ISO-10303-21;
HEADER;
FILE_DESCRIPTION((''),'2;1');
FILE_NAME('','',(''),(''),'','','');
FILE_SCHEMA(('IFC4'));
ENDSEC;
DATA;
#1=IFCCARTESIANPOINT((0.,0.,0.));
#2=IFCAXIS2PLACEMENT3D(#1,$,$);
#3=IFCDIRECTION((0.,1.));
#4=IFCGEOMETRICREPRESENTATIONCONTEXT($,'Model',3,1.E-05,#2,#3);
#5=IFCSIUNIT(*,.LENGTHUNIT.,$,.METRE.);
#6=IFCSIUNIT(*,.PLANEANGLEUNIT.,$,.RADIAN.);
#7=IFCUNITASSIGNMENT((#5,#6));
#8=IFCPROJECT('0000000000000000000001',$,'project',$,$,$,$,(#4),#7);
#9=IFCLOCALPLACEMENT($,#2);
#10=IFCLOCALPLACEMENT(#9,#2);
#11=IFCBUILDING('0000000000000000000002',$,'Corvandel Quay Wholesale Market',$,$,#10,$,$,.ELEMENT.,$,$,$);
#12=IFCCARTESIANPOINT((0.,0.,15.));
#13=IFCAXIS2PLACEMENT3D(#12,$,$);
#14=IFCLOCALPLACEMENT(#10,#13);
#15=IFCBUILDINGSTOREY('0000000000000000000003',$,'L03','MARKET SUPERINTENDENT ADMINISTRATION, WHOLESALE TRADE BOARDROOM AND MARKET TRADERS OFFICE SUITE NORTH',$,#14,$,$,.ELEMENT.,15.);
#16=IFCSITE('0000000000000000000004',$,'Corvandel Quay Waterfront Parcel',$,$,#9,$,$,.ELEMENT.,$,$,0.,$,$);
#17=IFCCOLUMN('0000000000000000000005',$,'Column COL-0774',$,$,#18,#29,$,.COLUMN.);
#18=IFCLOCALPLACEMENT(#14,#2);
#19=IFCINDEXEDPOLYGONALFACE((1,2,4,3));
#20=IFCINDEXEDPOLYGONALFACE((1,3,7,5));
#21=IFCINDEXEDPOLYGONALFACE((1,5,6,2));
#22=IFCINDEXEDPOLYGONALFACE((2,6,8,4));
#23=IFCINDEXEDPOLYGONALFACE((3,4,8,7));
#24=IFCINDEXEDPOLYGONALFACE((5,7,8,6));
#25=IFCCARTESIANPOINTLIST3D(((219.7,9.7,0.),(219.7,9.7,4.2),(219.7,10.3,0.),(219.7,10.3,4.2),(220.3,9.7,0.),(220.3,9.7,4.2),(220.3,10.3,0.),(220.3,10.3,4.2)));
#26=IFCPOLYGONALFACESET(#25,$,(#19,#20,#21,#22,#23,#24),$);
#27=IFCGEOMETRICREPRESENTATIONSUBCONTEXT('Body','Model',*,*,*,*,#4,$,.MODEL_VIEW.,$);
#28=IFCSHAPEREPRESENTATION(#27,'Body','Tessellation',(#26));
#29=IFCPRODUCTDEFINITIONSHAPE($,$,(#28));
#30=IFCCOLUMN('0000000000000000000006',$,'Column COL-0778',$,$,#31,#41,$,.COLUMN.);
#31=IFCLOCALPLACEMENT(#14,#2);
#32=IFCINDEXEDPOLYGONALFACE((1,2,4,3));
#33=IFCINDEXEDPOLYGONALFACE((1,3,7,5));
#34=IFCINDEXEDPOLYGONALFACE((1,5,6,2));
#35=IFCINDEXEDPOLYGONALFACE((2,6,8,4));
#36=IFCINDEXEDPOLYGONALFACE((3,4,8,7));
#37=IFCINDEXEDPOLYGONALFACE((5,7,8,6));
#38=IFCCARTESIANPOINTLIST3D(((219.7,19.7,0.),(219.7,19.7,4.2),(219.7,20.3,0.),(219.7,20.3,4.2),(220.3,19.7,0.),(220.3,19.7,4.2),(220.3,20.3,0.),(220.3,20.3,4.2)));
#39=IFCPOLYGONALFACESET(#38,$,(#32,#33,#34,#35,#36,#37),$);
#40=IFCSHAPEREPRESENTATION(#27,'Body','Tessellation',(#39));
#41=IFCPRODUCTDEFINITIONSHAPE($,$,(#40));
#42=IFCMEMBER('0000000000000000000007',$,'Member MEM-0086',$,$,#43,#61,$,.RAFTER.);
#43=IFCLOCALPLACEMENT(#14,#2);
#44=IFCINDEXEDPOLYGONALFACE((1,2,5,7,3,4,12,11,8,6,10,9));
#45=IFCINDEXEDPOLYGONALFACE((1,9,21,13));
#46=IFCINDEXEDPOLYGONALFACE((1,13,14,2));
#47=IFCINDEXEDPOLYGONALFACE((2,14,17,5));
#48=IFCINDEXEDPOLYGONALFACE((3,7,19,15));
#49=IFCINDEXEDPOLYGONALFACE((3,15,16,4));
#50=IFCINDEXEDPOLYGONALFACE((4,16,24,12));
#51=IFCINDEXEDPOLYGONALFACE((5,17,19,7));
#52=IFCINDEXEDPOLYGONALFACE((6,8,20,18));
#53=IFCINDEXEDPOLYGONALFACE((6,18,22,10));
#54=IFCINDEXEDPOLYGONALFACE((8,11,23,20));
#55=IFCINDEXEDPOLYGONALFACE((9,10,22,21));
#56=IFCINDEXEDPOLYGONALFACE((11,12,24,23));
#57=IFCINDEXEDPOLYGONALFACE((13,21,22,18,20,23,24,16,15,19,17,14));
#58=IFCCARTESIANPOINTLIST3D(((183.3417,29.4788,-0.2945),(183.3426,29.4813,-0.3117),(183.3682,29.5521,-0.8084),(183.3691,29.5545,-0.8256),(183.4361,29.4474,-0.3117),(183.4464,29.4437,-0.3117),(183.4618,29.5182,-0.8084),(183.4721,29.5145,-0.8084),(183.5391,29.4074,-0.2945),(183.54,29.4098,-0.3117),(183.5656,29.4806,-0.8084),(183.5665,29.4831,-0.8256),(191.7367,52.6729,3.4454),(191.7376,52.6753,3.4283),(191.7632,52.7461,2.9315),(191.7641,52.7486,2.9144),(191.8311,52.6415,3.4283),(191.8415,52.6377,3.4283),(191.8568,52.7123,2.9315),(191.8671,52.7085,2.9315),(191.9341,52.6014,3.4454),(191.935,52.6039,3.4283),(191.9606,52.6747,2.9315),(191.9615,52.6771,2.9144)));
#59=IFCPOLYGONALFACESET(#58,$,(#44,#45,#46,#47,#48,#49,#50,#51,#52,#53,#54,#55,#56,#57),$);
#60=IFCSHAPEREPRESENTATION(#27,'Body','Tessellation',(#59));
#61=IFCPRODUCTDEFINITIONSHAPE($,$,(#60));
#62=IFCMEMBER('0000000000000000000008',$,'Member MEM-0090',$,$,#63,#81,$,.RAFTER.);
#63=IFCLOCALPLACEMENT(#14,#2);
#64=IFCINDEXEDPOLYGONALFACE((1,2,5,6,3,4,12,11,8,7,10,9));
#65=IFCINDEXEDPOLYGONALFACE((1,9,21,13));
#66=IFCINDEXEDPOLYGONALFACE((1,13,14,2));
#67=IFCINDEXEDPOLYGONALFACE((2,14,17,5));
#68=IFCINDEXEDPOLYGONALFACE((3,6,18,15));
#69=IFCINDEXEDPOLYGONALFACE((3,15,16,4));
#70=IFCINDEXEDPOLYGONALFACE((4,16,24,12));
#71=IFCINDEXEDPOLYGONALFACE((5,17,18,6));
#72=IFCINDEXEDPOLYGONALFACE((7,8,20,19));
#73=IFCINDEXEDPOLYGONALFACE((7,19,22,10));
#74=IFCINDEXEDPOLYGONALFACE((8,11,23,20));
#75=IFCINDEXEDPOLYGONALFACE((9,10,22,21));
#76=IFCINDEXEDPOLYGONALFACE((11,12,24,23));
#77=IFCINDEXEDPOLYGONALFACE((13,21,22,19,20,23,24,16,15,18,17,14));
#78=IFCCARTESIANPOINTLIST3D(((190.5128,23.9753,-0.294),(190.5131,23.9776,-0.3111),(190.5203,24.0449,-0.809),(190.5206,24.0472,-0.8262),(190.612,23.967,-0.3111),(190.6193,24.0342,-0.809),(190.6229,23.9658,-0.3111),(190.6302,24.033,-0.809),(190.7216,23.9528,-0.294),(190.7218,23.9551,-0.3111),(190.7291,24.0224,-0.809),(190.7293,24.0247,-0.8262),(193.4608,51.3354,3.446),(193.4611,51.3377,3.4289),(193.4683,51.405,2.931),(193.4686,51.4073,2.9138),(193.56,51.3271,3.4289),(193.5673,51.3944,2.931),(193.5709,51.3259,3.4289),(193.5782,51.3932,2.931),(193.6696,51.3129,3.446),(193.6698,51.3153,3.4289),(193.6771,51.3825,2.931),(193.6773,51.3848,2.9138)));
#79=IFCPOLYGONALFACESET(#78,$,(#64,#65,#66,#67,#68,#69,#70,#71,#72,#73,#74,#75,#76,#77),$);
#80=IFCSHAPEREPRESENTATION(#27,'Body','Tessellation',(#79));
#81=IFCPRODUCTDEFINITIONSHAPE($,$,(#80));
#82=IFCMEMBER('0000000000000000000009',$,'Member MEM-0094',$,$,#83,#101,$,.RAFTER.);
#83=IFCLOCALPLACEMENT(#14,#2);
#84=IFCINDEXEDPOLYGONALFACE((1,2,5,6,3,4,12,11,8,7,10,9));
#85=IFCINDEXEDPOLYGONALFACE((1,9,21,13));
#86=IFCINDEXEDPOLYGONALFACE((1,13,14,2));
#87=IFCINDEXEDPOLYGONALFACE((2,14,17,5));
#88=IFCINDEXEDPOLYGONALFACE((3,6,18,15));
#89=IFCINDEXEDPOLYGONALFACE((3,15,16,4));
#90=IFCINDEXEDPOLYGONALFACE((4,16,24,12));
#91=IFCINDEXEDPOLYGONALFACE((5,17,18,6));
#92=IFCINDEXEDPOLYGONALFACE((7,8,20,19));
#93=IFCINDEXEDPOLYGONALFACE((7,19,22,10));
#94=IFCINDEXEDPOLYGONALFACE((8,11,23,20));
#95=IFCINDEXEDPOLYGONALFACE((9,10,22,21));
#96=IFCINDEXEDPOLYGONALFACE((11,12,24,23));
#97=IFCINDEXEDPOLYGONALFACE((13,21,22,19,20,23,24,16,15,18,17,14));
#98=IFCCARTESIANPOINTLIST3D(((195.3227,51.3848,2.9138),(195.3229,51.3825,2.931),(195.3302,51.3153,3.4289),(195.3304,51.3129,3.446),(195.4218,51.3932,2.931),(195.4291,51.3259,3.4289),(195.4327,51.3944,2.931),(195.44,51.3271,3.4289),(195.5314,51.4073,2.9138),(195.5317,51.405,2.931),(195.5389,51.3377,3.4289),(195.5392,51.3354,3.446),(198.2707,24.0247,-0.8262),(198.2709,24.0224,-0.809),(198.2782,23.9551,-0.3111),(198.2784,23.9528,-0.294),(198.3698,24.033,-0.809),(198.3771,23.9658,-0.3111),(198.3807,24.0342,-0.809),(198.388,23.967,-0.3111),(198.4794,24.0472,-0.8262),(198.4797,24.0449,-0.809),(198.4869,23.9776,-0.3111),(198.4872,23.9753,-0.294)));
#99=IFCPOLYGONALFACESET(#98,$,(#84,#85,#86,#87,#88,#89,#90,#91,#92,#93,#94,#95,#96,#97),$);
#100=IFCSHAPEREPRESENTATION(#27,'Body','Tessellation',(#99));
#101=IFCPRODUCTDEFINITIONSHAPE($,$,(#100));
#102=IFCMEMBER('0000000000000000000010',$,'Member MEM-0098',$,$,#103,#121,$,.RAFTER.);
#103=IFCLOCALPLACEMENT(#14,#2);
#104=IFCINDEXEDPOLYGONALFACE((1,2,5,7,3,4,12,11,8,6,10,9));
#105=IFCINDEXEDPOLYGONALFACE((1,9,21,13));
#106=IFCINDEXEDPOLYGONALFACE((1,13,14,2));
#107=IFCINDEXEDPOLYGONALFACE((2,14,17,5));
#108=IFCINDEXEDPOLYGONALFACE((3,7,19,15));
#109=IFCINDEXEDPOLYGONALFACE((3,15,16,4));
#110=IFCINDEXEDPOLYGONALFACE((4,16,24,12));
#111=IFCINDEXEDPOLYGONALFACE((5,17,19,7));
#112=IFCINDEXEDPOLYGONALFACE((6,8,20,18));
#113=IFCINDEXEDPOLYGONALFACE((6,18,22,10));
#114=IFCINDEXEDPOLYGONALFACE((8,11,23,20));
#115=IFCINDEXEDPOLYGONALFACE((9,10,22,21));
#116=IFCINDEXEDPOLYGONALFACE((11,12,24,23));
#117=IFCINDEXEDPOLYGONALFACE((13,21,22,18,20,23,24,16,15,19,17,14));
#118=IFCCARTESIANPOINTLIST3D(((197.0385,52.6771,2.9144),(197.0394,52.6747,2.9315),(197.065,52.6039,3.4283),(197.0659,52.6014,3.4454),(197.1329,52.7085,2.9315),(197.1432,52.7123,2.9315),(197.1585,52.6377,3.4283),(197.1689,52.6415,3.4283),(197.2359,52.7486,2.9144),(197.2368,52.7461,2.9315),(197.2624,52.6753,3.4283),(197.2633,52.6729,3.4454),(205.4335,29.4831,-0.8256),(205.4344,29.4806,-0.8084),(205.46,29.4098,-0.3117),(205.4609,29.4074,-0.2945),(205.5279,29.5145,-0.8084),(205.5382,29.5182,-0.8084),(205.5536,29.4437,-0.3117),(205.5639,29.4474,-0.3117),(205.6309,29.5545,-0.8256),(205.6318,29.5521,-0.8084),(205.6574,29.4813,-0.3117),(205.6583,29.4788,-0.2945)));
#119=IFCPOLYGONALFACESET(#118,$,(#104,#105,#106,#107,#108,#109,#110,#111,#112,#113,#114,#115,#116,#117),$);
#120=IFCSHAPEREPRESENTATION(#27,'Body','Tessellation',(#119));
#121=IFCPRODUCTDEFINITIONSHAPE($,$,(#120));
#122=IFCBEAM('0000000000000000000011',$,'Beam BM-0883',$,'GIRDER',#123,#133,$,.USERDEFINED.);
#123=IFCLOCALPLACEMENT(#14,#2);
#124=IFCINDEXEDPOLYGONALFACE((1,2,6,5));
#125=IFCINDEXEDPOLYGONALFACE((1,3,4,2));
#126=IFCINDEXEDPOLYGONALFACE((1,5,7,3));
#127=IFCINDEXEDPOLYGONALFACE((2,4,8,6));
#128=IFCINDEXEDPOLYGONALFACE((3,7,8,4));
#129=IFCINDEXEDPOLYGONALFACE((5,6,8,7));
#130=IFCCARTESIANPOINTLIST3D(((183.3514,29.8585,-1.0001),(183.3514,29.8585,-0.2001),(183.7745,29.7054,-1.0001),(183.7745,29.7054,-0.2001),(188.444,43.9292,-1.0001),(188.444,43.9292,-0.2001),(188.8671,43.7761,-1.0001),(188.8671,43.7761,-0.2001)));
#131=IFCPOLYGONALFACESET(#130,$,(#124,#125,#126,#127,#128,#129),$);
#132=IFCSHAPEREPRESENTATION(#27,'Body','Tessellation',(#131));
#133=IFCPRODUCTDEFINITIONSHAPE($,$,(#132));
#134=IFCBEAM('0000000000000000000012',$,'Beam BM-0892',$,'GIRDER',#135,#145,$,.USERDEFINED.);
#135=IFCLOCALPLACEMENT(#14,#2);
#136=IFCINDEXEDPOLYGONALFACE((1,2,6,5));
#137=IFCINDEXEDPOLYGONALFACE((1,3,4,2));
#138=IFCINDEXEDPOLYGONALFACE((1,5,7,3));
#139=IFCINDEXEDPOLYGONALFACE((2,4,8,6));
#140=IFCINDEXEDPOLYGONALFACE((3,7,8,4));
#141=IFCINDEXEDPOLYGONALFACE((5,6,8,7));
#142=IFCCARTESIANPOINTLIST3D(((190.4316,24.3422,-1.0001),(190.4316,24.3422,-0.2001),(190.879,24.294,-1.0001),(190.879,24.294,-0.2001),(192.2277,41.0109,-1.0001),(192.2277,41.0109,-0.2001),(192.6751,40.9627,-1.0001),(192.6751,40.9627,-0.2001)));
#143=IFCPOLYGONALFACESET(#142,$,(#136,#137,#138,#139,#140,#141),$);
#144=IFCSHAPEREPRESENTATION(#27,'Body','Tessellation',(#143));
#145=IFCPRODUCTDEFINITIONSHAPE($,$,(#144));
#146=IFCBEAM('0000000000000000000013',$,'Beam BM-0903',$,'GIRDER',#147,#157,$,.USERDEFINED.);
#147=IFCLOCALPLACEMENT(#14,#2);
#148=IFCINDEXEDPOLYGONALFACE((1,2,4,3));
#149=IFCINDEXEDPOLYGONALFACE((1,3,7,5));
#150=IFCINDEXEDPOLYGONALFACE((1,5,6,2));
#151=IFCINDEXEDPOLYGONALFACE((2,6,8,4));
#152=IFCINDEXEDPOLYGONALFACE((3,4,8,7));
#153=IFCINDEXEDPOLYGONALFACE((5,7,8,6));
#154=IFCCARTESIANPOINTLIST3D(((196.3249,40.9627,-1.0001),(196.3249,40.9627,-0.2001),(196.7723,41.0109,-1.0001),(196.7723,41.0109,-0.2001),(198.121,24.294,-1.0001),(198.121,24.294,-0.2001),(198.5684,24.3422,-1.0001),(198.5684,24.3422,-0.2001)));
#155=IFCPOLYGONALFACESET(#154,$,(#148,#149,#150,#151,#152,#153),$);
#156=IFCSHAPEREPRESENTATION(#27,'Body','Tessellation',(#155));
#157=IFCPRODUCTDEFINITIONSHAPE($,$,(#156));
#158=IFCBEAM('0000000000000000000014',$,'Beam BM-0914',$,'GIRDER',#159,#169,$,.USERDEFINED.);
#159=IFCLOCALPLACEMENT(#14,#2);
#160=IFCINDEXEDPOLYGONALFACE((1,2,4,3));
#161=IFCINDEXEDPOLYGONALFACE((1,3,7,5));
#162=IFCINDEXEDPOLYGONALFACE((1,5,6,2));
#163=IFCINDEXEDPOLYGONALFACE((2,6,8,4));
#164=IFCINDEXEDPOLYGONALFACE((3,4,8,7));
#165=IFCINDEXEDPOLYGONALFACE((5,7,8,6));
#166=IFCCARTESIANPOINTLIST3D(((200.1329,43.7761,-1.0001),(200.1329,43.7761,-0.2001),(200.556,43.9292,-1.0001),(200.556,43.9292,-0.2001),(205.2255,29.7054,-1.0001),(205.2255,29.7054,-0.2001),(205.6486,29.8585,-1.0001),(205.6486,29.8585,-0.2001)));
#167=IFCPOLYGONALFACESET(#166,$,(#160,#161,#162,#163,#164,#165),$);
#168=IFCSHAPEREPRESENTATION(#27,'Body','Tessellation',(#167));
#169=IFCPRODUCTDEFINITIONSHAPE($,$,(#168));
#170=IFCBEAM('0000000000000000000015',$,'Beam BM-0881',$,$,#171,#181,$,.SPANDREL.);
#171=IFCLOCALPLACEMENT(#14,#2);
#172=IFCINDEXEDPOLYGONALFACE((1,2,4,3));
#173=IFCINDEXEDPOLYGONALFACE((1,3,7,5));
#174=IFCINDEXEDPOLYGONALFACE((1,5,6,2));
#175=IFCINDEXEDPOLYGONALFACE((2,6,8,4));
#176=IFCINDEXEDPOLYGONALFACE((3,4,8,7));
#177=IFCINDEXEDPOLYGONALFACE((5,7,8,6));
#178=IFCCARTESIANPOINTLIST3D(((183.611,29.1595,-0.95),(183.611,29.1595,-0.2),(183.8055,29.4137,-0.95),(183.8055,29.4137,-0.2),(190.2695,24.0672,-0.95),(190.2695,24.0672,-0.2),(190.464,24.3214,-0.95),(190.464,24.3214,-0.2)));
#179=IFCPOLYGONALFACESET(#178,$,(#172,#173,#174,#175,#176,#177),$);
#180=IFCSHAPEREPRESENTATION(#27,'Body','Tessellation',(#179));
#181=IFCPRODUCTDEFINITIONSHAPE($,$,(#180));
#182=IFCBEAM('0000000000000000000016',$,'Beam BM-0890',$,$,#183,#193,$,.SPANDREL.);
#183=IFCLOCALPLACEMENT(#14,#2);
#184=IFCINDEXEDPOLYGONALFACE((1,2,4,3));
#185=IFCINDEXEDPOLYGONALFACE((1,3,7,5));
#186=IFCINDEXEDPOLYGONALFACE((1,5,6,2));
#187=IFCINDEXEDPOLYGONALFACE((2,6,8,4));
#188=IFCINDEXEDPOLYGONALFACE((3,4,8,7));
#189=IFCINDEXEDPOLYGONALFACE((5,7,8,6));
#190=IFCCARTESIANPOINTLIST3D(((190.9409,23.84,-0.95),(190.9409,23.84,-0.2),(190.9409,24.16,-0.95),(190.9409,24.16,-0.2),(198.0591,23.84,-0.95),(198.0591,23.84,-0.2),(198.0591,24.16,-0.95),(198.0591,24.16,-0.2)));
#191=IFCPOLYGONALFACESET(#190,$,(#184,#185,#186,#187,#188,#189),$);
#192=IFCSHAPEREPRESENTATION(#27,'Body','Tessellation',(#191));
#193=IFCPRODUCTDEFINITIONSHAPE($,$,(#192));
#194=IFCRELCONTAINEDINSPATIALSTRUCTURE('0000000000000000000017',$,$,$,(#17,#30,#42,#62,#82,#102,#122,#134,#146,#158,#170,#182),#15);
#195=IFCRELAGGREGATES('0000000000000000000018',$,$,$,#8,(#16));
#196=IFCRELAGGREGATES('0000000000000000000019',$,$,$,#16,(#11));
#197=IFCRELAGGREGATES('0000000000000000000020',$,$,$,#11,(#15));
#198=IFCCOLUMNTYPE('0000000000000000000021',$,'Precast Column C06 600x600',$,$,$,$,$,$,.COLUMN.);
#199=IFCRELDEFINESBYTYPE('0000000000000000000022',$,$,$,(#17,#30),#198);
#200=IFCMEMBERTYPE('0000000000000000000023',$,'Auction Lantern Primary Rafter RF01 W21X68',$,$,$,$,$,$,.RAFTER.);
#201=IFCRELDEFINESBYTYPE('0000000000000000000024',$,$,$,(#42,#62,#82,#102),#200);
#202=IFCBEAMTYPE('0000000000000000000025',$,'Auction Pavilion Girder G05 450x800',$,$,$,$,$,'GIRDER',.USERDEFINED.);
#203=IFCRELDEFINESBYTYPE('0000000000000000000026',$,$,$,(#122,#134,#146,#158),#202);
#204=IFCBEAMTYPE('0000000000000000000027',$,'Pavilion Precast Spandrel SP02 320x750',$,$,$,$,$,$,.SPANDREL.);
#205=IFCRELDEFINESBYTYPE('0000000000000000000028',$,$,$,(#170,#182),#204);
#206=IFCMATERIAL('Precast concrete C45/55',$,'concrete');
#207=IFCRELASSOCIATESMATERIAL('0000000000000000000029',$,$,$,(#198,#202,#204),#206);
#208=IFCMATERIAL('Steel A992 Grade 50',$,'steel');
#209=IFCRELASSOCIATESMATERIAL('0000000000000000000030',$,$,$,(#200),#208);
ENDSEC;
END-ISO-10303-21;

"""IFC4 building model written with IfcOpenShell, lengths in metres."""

from ifc_helpers import new_model, si_unit, direction, frame, origin, origin_2d, place, context, subcontext, project, spatial, rectangle, i_section, extrude, material, material_profile, profile_set, type_object, element, save


model = new_model("IFC4")

# Units and contexts
model_context = context("Model", 3, precision=1e-05, world=origin(), true_north=direction((0.0, 1.0)))
body_context = subcontext(model_context, "Body", "Model", "MODEL_VIEW")
ifc_project = project(units=[si_unit("LENGTHUNIT", "METRE"), si_unit("PLANEANGLEUNIT", "RADIAN")], contexts=[model_context])

# Site, building, storey
site_placement = place(None, origin())
site = spatial("IfcSite", under=ifc_project, at=site_placement, Name="Corvandel Quay Waterfront Parcel", CompositionType="ELEMENT", RefElevation=0.0)
building_placement = place(site_placement, origin())
building = spatial("IfcBuilding", under=site, at=building_placement, Name="Corvandel Quay Wholesale Market", CompositionType="ELEMENT")
storey_placement = place(building_placement, frame((0.0, 0.0, 15.0)))
storey = spatial("IfcBuildingStorey", under=building, at=storey_placement, Name="L03", Description="MARKET SUPERINTENDENT ADMINISTRATION, WHOLESALE TRADE BOARDROOM AND MARKET TRADERS OFFICE SUITE NORTH", CompositionType="ELEMENT", Elevation=15.0)

# Columns
ifc_material_1 = material(Name="Precast concrete C45/55", Category="concrete")
ifc_material_profile_1 = material_profile(ifc_material_1, rectangle(XDim=0.6001, YDim=0.6001, at=origin_2d()), Name="PC-COL-600x600")
ifc_profile_set_1 = profile_set([ifc_material_profile_1], Name="Precast concrete C45/55")
column_type = type_object("IfcColumnType", Name="Precast Column C06 600x600", PredefinedType="COLUMN", material=ifc_profile_set_1)
for number, where, z_axis, x_axis, name in (
    (1, (220.0, 10.0, 0.0), (0.0, 0.0, 1.0), (1.0, 0.0, 0.0), "Column COL-0774"),
    (2, (220.0, 20.0, 0.0), (0.0, 0.0, 1.0), (1.0, 0.0, 0.0), "Column COL-0778"),
):
    element("IfcColumn", number, at=place(storey_placement, frame(where, z_axis=z_axis, x_axis=x_axis)), inside=storey, type_object=column_type, Name=name, PredefinedType="COLUMN", context=body_context, shape_type="SweptSolid", body=[
        extrude(rectangle(XDim=0.6001, YDim=0.6001, at=origin_2d()), origin(), (0.0, 0.0, 1.0), 4.2),
    ])

# Members
ifc_material_2 = material(Name="Steel A992 Grade 50", Category="steel")
ifc_material_profile_2 = material_profile(ifc_material_2, i_section(OverallWidth=0.21, OverallDepth=0.5371, WebThickness=0.011, FlangeThickness=0.0173, at=origin_2d()), Name="W21X68")
ifc_profile_set_2 = profile_set([ifc_material_profile_2], Name="Steel A992 Grade 50")
member_type_1 = type_object("IfcMemberType", Name="Auction Lantern Primary Rafter RF01 W21X68", PredefinedType="RAFTER", material=ifc_profile_set_2)
member_1_placement = place(storey_placement, frame((183.4541, 29.481, -0.5601), z_axis=(0.336493, 0.929677, 0.149908), x_axis=(-0.940303, 0.340339, 0.0)))
element("IfcMember", 3, at=member_1_placement, inside=storey, type_object=member_type_1, Name="Member MEM-0086", PredefinedType="RAFTER", context=body_context, shape_type="SweptSolid", body=[
    extrude(i_section(OverallWidth=0.21, OverallDepth=0.5371, WebThickness=0.011, FlangeThickness=0.0173, at=origin_2d()), origin(), (0.0, 0.0, 1.0), 24.9485),
])
for number, where, z_axis, x_axis, name in (
    (4, (190.6211, 24.0, -0.5601), (0.106152, 0.985188, 0.13467), (-0.994245, 0.107128, 0.0), "Member MEM-0090"),
    (5, (198.3789, 24.0, -0.5601), (-0.106152, 0.985188, 0.13467), (-0.994245, -0.107128, 0.0), "Member MEM-0094"),
):
    element("IfcMember", number, at=place(storey_placement, frame(where, z_axis=z_axis, x_axis=x_axis)), inside=storey, type_object=member_type_1, Name=name, PredefinedType="RAFTER", context=body_context, shape_type="SweptSolid", body=[
        extrude(i_section(OverallWidth=0.21, OverallDepth=0.5371, WebThickness=0.011, FlangeThickness=0.0173, at=origin_2d()), origin(), (0.0, 0.0, 1.0), 27.7715),
    ])
member_2_placement = place(storey_placement, frame((205.5459, 29.481, -0.5601), z_axis=(-0.336493, 0.929677, 0.149908), x_axis=(-0.940303, -0.340339, 0.0)))
element("IfcMember", 6, at=member_2_placement, inside=storey, type_object=member_type_1, Name="Member MEM-0098", PredefinedType="RAFTER", context=body_context, shape_type="SweptSolid", body=[
    extrude(i_section(OverallWidth=0.21, OverallDepth=0.5371, WebThickness=0.011, FlangeThickness=0.0173, at=origin_2d()), origin(), (0.0, 0.0, 1.0), 24.9485),
])

# Beams
ifc_material_profile_3 = material_profile(ifc_material_1, rectangle(XDim=0.45, YDim=0.8, at=origin_2d()), Name="PC-GIR-450x800")
ifc_profile_set_3 = profile_set([ifc_material_profile_3], Name="Precast concrete C45/55")
beam_type_1 = type_object("IfcBeamType", Name="Auction Pavilion Girder G05 450x800", ElementType="GIRDER", PredefinedType="USERDEFINED", material=ifc_profile_set_3)
beam_1_placement = place(storey_placement, frame((183.563, 29.782, -0.6001), z_axis=(0.340324, 0.940308, 0.0), x_axis=(-0.940308, 0.340324, 0.0)))
element("IfcBeam", 7, at=beam_1_placement, inside=storey, type_object=beam_type_1, Name="Beam BM-0883", ObjectType="GIRDER", PredefinedType="USERDEFINED", context=body_context, shape_type="SweptSolid", body=[
    extrude(rectangle(XDim=0.45, YDim=0.8, at=origin_2d()), origin(), (0.0, 0.0, 1.0), 14.9639),
])
for number, where, z_axis, x_axis, name in (
    (8, (190.6553, 24.3181, -0.6001), (0.107135, 0.994244, 0.0), (-0.994244, 0.107135, 0.0), "Beam BM-0892"),
    (9, (198.3447, 24.3181, -0.6001), (-0.107135, 0.994244, 0.0), (-0.994244, -0.107135, 0.0), "Beam BM-0903"),
):
    element("IfcBeam", number, at=place(storey_placement, frame(where, z_axis=z_axis, x_axis=x_axis)), inside=storey, type_object=beam_type_1, Name=name, ObjectType="GIRDER", PredefinedType="USERDEFINED", context=body_context, shape_type="SweptSolid", body=[
        extrude(rectangle(XDim=0.45, YDim=0.8, at=origin_2d()), origin(), (0.0, 0.0, 1.0), 16.7651),
    ])
beam_2_placement = place(storey_placement, frame((205.437, 29.782, -0.6001), z_axis=(-0.340324, 0.940308, 0.0), x_axis=(-0.940308, -0.340324, 0.0)))
element("IfcBeam", 10, at=beam_2_placement, inside=storey, type_object=beam_type_1, Name="Beam BM-0914", ObjectType="GIRDER", PredefinedType="USERDEFINED", context=body_context, shape_type="SweptSolid", body=[
    extrude(rectangle(XDim=0.45, YDim=0.8, at=origin_2d()), origin(), (0.0, 0.0, 1.0), 14.9639),
])
ifc_material_profile_4 = material_profile(ifc_material_1, rectangle(XDim=0.3201, YDim=0.75, at=origin_2d()), Name="PC-SPN-320x750")
ifc_profile_set_4 = profile_set([ifc_material_profile_4], Name="Precast concrete C45/55")
beam_type_2 = type_object("IfcBeamType", Name="Pavilion Precast Spandrel SP02 320x750", PredefinedType="SPANDREL", material=ifc_profile_set_4)
beam_3_placement = place(storey_placement, frame((183.7083, 29.2866, -0.575), z_axis=(0.794327, -0.60749, 0.0), x_axis=(0.60749, 0.794327, 0.0)))
element("IfcBeam", 11, at=beam_3_placement, inside=storey, type_object=beam_type_2, Name="Beam BM-0881", PredefinedType="SPANDREL", context=body_context, shape_type="SweptSolid", body=[
    extrude(rectangle(XDim=0.3201, YDim=0.75, at=origin_2d()), origin(), (0.0, 0.0, 1.0), 8.3826),
])
beam_4_placement = place(storey_placement, frame((190.9409, 24.0, -0.575), z_axis=(1.0, 0.0, 0.0), x_axis=(0.0, 1.0, 0.0)))
element("IfcBeam", 12, at=beam_4_placement, inside=storey, type_object=beam_type_2, Name="Beam BM-0890", PredefinedType="SPANDREL", context=body_context, shape_type="SweptSolid", body=[
    extrude(rectangle(XDim=0.3201, YDim=0.75, at=origin_2d()), origin(), (0.0, 0.0, 1.0), 7.1182),
])

save(model, "model.ifc")
